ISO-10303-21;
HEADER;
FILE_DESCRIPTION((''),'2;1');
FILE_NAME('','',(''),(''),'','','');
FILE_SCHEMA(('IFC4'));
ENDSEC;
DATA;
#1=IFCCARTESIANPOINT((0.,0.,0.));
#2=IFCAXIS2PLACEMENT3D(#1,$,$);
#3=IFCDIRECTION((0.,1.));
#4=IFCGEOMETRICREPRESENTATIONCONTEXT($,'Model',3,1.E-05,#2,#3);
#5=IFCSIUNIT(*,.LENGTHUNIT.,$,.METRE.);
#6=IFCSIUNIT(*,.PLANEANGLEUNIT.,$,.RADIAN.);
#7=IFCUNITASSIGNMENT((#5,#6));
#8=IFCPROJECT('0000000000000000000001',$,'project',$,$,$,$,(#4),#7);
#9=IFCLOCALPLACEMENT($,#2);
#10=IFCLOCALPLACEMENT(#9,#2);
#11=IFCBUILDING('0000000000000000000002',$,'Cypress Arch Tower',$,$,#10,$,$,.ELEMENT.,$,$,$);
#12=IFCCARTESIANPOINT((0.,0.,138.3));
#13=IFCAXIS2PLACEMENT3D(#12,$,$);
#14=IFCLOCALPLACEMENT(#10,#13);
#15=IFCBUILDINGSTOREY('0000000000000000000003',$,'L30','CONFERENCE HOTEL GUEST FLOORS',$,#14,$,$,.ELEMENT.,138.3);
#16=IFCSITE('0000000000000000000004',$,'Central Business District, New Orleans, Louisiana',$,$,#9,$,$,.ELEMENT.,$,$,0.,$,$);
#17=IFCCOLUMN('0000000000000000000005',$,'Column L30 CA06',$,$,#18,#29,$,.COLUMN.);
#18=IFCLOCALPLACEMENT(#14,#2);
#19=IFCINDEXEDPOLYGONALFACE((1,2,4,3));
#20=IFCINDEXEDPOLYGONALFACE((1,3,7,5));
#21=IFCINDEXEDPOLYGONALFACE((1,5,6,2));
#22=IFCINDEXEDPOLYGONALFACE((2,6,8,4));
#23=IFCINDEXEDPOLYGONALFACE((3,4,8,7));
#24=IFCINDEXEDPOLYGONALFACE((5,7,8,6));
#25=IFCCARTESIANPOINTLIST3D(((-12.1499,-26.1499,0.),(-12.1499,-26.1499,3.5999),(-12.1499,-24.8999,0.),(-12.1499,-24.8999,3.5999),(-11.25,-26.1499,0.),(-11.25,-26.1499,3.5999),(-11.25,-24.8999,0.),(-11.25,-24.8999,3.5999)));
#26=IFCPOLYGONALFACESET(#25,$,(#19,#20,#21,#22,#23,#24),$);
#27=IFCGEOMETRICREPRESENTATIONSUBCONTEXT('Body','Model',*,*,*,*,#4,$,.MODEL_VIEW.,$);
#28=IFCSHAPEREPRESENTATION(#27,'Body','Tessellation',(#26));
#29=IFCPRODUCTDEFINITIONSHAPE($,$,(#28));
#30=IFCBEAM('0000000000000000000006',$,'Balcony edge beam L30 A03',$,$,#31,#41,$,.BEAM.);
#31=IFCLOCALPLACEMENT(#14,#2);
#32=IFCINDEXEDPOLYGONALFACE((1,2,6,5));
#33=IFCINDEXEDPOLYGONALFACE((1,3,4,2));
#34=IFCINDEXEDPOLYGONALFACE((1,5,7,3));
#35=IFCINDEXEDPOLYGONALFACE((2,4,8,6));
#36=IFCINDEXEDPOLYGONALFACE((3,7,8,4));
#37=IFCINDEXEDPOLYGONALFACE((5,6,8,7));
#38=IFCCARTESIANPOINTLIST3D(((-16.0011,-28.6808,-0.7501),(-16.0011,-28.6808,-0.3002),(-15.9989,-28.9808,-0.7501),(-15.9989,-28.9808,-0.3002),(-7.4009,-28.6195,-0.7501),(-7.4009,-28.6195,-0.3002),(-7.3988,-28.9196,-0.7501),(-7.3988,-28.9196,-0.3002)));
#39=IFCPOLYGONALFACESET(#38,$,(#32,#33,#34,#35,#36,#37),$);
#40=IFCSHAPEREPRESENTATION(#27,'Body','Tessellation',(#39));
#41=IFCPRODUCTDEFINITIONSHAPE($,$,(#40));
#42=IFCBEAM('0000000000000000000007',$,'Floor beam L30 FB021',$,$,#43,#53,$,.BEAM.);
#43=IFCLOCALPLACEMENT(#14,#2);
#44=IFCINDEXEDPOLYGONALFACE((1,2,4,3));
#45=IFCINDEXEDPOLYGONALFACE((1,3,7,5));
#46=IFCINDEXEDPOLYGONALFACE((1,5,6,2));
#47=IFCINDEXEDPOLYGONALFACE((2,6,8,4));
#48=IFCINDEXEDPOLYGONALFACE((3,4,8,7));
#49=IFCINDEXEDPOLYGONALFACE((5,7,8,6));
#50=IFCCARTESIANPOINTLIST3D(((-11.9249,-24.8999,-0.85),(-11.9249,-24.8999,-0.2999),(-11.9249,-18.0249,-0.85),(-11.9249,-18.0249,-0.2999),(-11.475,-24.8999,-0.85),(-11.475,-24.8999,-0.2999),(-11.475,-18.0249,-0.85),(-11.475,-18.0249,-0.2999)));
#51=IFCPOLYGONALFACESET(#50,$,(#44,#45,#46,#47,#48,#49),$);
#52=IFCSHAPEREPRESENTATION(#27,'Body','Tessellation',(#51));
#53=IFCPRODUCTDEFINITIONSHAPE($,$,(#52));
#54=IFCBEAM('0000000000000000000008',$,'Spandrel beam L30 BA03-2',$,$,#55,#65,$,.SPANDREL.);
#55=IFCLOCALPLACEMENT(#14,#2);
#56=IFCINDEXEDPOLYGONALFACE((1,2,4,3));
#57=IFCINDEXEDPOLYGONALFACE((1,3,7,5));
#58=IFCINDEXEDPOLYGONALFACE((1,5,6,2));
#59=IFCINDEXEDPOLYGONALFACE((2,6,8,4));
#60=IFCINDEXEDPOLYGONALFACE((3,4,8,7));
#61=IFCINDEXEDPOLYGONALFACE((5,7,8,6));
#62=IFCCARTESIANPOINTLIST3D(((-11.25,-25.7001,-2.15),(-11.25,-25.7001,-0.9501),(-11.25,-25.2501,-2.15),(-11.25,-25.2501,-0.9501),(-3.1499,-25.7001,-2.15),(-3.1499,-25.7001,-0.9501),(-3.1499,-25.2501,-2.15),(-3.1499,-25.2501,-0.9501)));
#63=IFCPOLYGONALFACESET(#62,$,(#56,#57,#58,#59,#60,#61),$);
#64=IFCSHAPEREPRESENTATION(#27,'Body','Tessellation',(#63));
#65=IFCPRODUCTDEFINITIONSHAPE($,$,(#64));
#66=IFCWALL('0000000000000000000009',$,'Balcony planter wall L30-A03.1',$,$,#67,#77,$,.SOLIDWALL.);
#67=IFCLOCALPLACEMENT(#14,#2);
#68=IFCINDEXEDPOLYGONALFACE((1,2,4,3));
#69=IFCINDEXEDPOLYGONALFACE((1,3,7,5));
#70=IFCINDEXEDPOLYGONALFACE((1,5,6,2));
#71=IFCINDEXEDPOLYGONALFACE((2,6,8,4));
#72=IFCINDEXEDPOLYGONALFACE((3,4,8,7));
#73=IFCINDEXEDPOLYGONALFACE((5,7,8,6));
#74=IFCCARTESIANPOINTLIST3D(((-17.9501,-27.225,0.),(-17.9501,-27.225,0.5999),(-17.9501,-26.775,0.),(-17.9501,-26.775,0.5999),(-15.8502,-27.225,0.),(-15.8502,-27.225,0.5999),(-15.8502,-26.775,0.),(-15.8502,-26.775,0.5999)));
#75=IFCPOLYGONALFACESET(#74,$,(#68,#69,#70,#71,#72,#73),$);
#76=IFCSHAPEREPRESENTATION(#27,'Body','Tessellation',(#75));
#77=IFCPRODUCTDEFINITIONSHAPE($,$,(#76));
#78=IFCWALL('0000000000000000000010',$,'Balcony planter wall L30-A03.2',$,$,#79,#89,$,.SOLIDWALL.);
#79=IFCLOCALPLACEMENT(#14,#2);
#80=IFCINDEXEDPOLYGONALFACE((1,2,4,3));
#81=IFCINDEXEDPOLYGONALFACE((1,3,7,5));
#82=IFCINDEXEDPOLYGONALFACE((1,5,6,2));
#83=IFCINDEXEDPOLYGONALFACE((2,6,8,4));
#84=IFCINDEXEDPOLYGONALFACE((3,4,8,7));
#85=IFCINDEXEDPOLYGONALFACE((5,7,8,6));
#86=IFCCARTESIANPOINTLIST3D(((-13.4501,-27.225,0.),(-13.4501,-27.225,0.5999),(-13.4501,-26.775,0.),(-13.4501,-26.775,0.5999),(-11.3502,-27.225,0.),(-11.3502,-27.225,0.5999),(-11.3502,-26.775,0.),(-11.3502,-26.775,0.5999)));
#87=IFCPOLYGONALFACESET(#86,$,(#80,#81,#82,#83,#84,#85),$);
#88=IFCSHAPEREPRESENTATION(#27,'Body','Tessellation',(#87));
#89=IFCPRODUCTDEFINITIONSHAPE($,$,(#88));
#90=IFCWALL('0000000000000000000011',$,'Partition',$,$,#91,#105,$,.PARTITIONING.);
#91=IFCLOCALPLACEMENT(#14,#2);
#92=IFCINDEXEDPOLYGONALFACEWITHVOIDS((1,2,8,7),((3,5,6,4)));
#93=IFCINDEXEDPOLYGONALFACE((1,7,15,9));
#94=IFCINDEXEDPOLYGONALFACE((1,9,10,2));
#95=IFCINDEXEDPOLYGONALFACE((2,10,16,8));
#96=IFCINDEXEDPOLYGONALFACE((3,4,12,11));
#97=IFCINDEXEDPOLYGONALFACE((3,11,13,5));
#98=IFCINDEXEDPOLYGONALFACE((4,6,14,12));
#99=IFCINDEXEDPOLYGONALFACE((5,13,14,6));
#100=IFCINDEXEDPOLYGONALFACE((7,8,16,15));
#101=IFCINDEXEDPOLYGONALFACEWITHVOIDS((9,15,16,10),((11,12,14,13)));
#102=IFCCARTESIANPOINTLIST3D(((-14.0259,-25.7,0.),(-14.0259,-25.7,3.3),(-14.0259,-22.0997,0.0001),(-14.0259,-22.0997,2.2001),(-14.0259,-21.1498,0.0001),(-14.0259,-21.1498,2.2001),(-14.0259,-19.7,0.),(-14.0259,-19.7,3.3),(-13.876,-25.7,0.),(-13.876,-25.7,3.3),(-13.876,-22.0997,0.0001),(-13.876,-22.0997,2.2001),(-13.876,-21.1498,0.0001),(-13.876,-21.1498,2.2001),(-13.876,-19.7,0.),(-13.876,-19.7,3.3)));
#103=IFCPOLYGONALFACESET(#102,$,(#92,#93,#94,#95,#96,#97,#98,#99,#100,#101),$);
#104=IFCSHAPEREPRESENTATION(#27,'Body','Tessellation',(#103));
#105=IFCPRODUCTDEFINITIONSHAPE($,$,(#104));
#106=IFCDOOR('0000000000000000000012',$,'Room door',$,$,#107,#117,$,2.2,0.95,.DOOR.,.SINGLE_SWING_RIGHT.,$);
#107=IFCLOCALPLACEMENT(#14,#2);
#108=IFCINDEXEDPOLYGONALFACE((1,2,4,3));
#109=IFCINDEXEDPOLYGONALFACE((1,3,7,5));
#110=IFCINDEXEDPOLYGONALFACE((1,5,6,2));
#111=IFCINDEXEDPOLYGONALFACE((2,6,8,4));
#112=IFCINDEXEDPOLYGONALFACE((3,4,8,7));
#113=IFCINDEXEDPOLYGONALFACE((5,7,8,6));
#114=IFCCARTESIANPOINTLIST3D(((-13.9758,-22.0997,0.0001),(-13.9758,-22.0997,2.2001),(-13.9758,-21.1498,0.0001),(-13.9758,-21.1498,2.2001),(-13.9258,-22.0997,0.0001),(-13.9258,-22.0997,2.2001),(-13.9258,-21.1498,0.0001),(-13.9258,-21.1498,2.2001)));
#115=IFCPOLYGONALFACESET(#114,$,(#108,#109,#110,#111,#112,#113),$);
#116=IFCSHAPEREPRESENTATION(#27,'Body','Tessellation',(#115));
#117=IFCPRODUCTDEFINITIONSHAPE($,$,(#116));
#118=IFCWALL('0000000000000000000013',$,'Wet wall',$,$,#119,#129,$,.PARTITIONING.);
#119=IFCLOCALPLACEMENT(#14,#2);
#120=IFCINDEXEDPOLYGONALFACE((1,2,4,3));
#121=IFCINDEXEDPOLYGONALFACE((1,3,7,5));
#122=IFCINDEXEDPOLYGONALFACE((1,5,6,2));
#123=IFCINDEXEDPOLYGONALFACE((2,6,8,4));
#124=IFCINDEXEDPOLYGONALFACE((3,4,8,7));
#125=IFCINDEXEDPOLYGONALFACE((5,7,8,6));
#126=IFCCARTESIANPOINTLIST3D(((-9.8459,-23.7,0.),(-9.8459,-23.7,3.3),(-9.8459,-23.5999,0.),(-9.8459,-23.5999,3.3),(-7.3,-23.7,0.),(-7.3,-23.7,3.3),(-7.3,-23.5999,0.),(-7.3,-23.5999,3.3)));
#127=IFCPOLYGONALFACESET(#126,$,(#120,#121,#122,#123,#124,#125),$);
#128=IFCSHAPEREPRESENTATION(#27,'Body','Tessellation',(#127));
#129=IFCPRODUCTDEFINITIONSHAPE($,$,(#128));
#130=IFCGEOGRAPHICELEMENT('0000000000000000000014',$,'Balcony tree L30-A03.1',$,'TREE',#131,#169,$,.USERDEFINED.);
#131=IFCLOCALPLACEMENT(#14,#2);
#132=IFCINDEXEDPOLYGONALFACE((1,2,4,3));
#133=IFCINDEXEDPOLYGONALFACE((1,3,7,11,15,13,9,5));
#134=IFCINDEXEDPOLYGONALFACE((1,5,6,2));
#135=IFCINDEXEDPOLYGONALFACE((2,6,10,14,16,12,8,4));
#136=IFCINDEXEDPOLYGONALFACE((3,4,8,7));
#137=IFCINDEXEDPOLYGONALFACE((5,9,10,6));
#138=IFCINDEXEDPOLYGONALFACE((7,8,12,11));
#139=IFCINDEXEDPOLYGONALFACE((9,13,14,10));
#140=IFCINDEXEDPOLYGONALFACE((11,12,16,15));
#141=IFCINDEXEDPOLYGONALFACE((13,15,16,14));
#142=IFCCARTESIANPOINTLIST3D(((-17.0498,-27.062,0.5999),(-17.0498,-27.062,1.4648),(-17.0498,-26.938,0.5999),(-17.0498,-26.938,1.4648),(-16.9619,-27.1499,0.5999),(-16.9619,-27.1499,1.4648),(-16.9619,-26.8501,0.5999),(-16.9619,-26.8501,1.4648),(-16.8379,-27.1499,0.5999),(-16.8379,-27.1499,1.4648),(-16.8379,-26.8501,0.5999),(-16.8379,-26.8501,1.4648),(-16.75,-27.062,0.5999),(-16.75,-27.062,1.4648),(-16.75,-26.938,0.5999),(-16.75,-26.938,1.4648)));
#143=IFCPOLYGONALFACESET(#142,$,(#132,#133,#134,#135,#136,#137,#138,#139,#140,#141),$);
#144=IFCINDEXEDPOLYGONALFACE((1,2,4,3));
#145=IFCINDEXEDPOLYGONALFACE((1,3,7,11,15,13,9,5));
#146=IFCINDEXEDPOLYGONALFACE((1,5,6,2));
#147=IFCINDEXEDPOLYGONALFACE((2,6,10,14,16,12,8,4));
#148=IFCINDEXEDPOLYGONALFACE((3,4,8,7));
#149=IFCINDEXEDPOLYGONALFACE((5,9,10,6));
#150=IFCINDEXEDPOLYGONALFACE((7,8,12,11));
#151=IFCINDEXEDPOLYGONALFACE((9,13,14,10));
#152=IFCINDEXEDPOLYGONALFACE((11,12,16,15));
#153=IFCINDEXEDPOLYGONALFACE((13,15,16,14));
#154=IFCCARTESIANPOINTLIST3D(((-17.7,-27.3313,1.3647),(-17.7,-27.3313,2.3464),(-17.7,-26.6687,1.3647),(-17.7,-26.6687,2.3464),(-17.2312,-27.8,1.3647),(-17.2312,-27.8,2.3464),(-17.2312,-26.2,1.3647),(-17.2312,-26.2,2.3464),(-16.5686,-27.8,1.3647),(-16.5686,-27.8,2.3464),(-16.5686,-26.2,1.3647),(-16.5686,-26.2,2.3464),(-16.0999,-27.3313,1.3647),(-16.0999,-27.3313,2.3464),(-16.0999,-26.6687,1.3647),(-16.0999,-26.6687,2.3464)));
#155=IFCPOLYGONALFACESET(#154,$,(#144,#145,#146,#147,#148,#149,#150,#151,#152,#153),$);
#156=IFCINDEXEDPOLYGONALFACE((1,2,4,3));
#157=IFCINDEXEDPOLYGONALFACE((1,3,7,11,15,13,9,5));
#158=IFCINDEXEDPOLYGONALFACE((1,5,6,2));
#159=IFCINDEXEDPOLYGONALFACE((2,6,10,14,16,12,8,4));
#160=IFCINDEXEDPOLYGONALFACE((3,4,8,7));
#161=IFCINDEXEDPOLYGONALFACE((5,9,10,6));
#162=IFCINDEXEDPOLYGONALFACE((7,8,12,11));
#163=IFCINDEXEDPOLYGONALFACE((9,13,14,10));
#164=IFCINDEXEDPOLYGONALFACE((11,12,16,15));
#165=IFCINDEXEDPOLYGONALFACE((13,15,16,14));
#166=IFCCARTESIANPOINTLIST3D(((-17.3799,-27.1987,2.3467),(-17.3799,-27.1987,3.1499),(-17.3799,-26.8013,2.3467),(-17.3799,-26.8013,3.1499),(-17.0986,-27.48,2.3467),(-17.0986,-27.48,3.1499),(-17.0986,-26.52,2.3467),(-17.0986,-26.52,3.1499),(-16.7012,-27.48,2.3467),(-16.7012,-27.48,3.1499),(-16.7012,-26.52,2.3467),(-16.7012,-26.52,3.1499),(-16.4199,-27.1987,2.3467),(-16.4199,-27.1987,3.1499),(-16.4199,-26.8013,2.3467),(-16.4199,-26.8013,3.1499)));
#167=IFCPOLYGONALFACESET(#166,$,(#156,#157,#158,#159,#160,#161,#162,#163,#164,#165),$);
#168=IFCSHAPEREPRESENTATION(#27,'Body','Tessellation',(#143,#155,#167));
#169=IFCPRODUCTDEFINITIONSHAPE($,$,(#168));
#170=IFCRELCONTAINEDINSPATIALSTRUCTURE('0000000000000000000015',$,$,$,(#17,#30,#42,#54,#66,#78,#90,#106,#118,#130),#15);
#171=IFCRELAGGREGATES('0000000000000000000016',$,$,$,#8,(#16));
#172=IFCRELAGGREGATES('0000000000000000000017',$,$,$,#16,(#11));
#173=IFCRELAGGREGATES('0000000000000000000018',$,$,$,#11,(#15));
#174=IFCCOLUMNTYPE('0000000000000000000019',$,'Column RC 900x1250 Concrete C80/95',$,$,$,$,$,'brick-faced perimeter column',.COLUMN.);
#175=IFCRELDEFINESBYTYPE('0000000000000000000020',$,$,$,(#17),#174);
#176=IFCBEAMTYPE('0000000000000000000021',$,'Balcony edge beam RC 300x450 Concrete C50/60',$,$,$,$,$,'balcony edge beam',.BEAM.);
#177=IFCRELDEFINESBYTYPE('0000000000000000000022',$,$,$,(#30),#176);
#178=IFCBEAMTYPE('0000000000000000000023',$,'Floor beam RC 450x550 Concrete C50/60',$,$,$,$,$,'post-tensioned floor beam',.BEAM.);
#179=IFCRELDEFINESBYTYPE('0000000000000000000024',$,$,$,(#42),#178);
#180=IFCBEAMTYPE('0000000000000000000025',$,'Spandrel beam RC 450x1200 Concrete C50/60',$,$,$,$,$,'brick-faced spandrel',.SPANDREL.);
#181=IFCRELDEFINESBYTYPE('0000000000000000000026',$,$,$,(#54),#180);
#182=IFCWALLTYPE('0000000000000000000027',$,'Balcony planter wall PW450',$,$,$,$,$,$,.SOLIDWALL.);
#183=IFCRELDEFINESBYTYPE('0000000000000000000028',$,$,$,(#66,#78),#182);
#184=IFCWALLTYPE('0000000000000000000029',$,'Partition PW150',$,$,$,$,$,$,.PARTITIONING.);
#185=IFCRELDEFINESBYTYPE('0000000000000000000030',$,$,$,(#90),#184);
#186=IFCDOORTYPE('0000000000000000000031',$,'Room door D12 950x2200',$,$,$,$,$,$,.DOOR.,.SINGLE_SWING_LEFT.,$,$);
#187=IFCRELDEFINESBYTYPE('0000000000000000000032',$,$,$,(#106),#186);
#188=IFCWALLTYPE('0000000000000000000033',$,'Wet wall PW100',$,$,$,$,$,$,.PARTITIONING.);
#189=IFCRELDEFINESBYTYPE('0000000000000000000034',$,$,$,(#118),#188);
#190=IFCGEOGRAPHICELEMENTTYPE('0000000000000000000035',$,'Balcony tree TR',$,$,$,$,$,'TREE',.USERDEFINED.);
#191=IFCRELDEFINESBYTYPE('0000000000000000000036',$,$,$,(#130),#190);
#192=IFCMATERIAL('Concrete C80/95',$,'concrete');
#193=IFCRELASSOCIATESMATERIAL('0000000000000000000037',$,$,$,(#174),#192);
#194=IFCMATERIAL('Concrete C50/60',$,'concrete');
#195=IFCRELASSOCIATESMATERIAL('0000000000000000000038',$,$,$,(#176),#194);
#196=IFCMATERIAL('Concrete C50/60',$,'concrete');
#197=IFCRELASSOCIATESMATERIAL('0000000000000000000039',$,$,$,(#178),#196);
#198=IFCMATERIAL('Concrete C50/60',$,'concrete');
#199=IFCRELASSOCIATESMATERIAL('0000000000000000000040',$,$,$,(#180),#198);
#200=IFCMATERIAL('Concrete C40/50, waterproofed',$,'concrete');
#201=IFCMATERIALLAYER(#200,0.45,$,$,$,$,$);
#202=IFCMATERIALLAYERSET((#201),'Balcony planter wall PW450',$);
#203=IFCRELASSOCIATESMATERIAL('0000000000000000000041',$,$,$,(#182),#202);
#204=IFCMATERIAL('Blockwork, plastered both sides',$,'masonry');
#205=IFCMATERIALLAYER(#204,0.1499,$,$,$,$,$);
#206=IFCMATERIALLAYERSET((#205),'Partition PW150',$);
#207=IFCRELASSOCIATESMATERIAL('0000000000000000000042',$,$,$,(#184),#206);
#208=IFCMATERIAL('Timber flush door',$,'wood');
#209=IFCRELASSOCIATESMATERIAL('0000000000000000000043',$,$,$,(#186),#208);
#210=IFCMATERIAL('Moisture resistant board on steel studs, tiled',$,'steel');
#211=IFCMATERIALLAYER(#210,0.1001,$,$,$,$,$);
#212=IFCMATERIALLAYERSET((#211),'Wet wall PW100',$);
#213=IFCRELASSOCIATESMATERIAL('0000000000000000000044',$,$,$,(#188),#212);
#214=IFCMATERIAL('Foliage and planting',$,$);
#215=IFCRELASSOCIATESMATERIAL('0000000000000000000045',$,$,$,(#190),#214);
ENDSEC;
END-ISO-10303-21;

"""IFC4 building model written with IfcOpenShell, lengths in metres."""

from ifc_helpers import new_model, si_unit, direction, frame, frame_2d, origin, origin_2d, place, context, subcontext, project, spatial, polyline, rectangle, outline, extrude, material, layer, layer_set, material_profile, profile_set, type_object, element, fill, save


model = new_model("IFC4")

# Units and contexts
model_context = context("Model", 3, precision=1e-05, world=origin(), true_north=direction((0.0, 1.0)))
body_context = subcontext(model_context, "Body", "Model", "MODEL_VIEW")
ifc_project = project(units=[si_unit("LENGTHUNIT", "METRE"), si_unit("PLANEANGLEUNIT", "RADIAN")], contexts=[model_context])

# Site, building, storey
site_placement = place(None, origin())
site = spatial("IfcSite", under=ifc_project, at=site_placement, Name="Central Business District, New Orleans, Louisiana", CompositionType="ELEMENT", RefElevation=0.0)
building_placement = place(site_placement, origin())
building = spatial("IfcBuilding", under=site, at=building_placement, Name="Cypress Arch Tower", CompositionType="ELEMENT")
storey_placement = place(building_placement, frame((0.0, 0.0, 138.3)))
storey = spatial("IfcBuildingStorey", under=building, at=storey_placement, Name="L30", Description="CONFERENCE HOTEL GUEST FLOORS", CompositionType="ELEMENT", Elevation=138.3)

# Column
ifc_material_1 = material(Name="Concrete C80/95", Category="concrete")
ifc_material_profile_1 = material_profile(ifc_material_1, rectangle(XDim=0.8999, YDim=1.25, at=origin_2d()), Name="RC 900x1250")
ifc_profile_set_1 = profile_set([ifc_material_profile_1], Name="Concrete C80/95")
column_type = type_object("IfcColumnType", Name="Column RC 900x1250 Concrete C80/95", ElementType="brick-faced perimeter column", PredefinedType="COLUMN", material=ifc_profile_set_1)
column_placement = place(storey_placement, frame((-11.7, -25.5249, 0.0), z_axis=(0.0, 0.0, 1.0), x_axis=(1.0, 0.0, 0.0)))
element("IfcColumn", 1, at=column_placement, inside=storey, type_object=column_type, Name="Column L30 CA06", PredefinedType="COLUMN", context=body_context, shape_type="SweptSolid", body=[
    extrude(rectangle(XDim=0.8999, YDim=1.25, at=origin_2d()), origin(), (0.0, 0.0, 1.0), 3.5999),
])

# Beams
ifc_material_2 = material(Name="Concrete C50/60", Category="concrete")
ifc_material_profile_2 = material_profile(ifc_material_2, rectangle(XDim=0.3, YDim=0.45, at=origin_2d()), Name="RC 300x450")
ifc_profile_set_2 = profile_set([ifc_material_profile_2], Name="Concrete C50/60")
beam_type_1 = type_object("IfcBeamType", Name="Balcony edge beam RC 300x450 Concrete C50/60", ElementType="balcony edge beam", PredefinedType="BEAM", material=ifc_profile_set_2)
beam_1_placement = place(storey_placement, frame((-16.0, -28.8308, -0.5251), z_axis=(0.999975, 0.007125, 0.0), x_axis=(-0.007125, 0.999975, 0.0)))
element("IfcBeam", 2, at=beam_1_placement, inside=storey, type_object=beam_type_1, Name="Balcony edge beam L30 A03", PredefinedType="BEAM", context=body_context, shape_type="SweptSolid", body=[
    extrude(rectangle(XDim=0.3, YDim=0.45, at=origin_2d()), origin(), (0.0, 0.0, 1.0), 8.6003),
])
ifc_material_3 = material(Name="Concrete C50/60", Category="concrete")
ifc_material_profile_3 = material_profile(ifc_material_3, rectangle(XDim=0.45, YDim=0.55, at=origin_2d()), Name="RC 450x550")
ifc_profile_set_3 = profile_set([ifc_material_profile_3], Name="Concrete C50/60")
beam_type_2 = type_object("IfcBeamType", Name="Floor beam RC 450x550 Concrete C50/60", ElementType="post-tensioned floor beam", PredefinedType="BEAM", material=ifc_profile_set_3)
beam_2_placement = place(storey_placement, frame((-11.7, -24.8999, -0.575), z_axis=(0.0, 1.0, 0.0), x_axis=(-1.0, 0.0, 0.0)))
element("IfcBeam", 3, at=beam_2_placement, inside=storey, type_object=beam_type_2, Name="Floor beam L30 FB021", PredefinedType="BEAM", context=body_context, shape_type="SweptSolid", body=[
    extrude(rectangle(XDim=0.45, YDim=0.55, at=origin_2d()), origin(), (0.0, 0.0, 1.0), 6.875),
])
ifc_material_4 = material(Name="Concrete C50/60", Category="concrete")
ifc_material_profile_4 = material_profile(ifc_material_4, rectangle(XDim=0.45, YDim=1.2, at=origin_2d()), Name="RC 450x1200")
ifc_profile_set_4 = profile_set([ifc_material_profile_4], Name="Concrete C50/60")
beam_type_3 = type_object("IfcBeamType", Name="Spandrel beam RC 450x1200 Concrete C50/60", ElementType="brick-faced spandrel", PredefinedType="SPANDREL", material=ifc_profile_set_4)
beam_3_placement = place(storey_placement, frame((-11.25, -25.4751, -1.55), z_axis=(1.0, 0.0, 0.0), x_axis=(0.0, 1.0, 0.0)))
element("IfcBeam", 4, at=beam_3_placement, inside=storey, type_object=beam_type_3, Name="Spandrel beam L30 BA03-2", PredefinedType="SPANDREL", context=body_context, shape_type="SweptSolid", body=[
    extrude(rectangle(XDim=0.45, YDim=1.2, at=origin_2d()), origin(), (0.0, 0.0, 1.0), 8.1001),
])

# Walls
ifc_material_5 = material(Name="Concrete C40/50, waterproofed", Category="concrete")
ifc_layer_1 = layer(ifc_material_5, 0.45)
ifc_layer_set_1 = layer_set([ifc_layer_1], Name="Balcony planter wall PW450")
wall_type_1 = type_object("IfcWallType", Name="Balcony planter wall PW450", PredefinedType="SOLIDWALL", material=ifc_layer_set_1)
for number, where, z_axis, x_axis, name in (
    (5, (-17.95, -27.0, 0.0), (0.0, 0.0, 1.0), (1.0, 0.0, 0.0), "Balcony planter wall L30-A03.1"),
    (6, (-13.45, -27.0, 0.0), (0.0, 0.0, 1.0), (1.0, 0.0, 0.0), "Balcony planter wall L30-A03.2"),
):
    element("IfcWall", number, at=place(storey_placement, frame(where, z_axis=z_axis, x_axis=x_axis)), inside=storey, type_object=wall_type_1, Name=name, PredefinedType="SOLIDWALL", context=body_context, shape_type="SweptSolid", body=[
        extrude(rectangle(XDim=2.0999, YDim=0.45, at=frame_2d((1.0498, 0.0))), origin(), (0.0, 0.0, 1.0), 0.5999),
    ])

# Wall, opening, door
ifc_material_6 = material(Name="Blockwork, plastered both sides", Category="masonry")
ifc_layer_2 = layer(ifc_material_6, 0.1499)
ifc_layer_set_2 = layer_set([ifc_layer_2], Name="Partition PW150")
wall_type_2 = type_object("IfcWallType", Name="Partition PW150", PredefinedType="PARTITIONING", material=ifc_layer_set_2)
wall_1_placement = place(storey_placement, frame((-13.9509, -25.7, 0.0), z_axis=(0.0, 0.0, 1.0), x_axis=(0.0, 1.0, 0.0)))
wall_1 = element("IfcWall", 7, at=wall_1_placement, inside=storey, type_object=wall_type_2, Name="Partition", PredefinedType="PARTITIONING", context=body_context, shape_type="SweptSolid", body=[
    extrude(rectangle(XDim=6.0, YDim=0.1499, at=frame_2d((3.0, 0.0))), origin(), (0.0, 0.0, 1.0), 3.3),
])
opening_1_placement = place(wall_1_placement, frame((3.6001, 0.0, 0.0)))
opening_1 = element("IfcOpeningElement", 8, at=opening_1_placement, cuts=wall_1, PredefinedType="OPENING", context=body_context, shape_type="SweptSolid", body=[
    extrude(rectangle(XDim=0.95, YDim=2.2, at=frame_2d((0.4751, 1.1001))), frame((0.0, 0.085, 0.0), z_axis=(0.0, -1.0, 0.0), x_axis=(1.0, 0.0, 0.0)), (0.0, 0.0, 1.0), 0.1699),
])
ifc_material_7 = material(Name="Timber flush door", Category="wood")
door_type_1 = type_object("IfcDoorType", Name="Room door D12 950x2200", OperationType="SINGLE_SWING_LEFT", PredefinedType="DOOR", material=ifc_material_7)
door_1_placement = place(opening_1_placement, origin())
door_1 = element("IfcDoor", 9, at=door_1_placement, inside=storey, type_object=door_type_1, Name="Room door", OperationType="SINGLE_SWING_RIGHT", OverallHeight=2.2, OverallWidth=0.95, PredefinedType="DOOR", context=body_context, shape_type="SweptSolid", body=[
    extrude(rectangle(XDim=0.95, YDim=2.2, at=frame_2d((0.4751, 1.1001))), frame((0.0, 0.0249, 0.0), z_axis=(0.0, -1.0, 0.0), x_axis=(1.0, 0.0, 0.0)), (0.0, 0.0, 1.0), 0.05),
])
fill(opening_1, door_1)

# Wall
ifc_material_8 = material(Name="Moisture resistant board on steel studs, tiled", Category="steel")
ifc_layer_3 = layer(ifc_material_8, 0.1001)
ifc_layer_set_3 = layer_set([ifc_layer_3], Name="Wet wall PW100")
wall_type_3 = type_object("IfcWallType", Name="Wet wall PW100", PredefinedType="PARTITIONING", material=ifc_layer_set_3)
wall_2_placement = place(storey_placement, frame((-9.8459, -23.6499, 0.0), z_axis=(0.0, 0.0, 1.0), x_axis=(1.0, 0.0, 0.0)))
element("IfcWall", 10, at=wall_2_placement, inside=storey, type_object=wall_type_3, Name="Wet wall", PredefinedType="PARTITIONING", context=body_context, shape_type="SweptSolid", body=[
    extrude(rectangle(XDim=2.5459, YDim=0.1001, at=frame_2d((1.2729, 0.0))), origin(), (0.0, 0.0, 1.0), 3.3),
])

# Geographic element
ifc_material_9 = material(Name="Foliage and planting")
geographic_element_type = type_object("IfcGeographicElementType", Name="Balcony tree TR", ElementType="TREE", PredefinedType="USERDEFINED", material=ifc_material_9)
for number, where, z_axis, x_axis, name in (
    (11, (-16.8999, -27.0, 0.5999), (0.0, 0.0, 1.0), (1.0, 0.0, 0.0), "Balcony tree L30-A03.1"),
):
    element("IfcGeographicElement", number, at=place(storey_placement, frame(where, z_axis=z_axis, x_axis=x_axis)), inside=storey, type_object=geographic_element_type, Name=name, ObjectType="TREE", PredefinedType="USERDEFINED", context=body_context, shape_type="SweptSolid", body=[
        extrude(outline(polyline([(0.1499, 0.062), (0.062, 0.1499), (-0.062, 0.1499), (-0.1499, 0.062), (-0.1499, -0.062), (-0.062, -0.1499), (0.062, -0.1499), (0.1499, -0.062), (0.1499, 0.062)])), origin(), (0.0, 0.0, 1.0), 0.865),
        extrude(outline(polyline([(0.8, 0.3313), (0.3313, 0.8), (-0.3313, 0.8), (-0.8, 0.3313), (-0.8, -0.3313), (-0.3313, -0.8), (0.3313, -0.8), (0.8, -0.3313), (0.8, 0.3313)])), frame((0.0, 0.0, 0.7649)), (0.0, 0.0, 1.0), 0.9817),
        extrude(outline(polyline([(0.48, 0.1987), (0.1987, 0.48), (-0.1987, 0.48), (-0.48, 0.1987), (-0.48, -0.1987), (-0.1987, -0.48), (0.1987, -0.48), (0.48, -0.1987), (0.48, 0.1987)])), frame((0.0, 0.0, 1.7468)), (0.0, 0.0, 1.0), 0.8032),
    ])

save(model, "model.ifc")
